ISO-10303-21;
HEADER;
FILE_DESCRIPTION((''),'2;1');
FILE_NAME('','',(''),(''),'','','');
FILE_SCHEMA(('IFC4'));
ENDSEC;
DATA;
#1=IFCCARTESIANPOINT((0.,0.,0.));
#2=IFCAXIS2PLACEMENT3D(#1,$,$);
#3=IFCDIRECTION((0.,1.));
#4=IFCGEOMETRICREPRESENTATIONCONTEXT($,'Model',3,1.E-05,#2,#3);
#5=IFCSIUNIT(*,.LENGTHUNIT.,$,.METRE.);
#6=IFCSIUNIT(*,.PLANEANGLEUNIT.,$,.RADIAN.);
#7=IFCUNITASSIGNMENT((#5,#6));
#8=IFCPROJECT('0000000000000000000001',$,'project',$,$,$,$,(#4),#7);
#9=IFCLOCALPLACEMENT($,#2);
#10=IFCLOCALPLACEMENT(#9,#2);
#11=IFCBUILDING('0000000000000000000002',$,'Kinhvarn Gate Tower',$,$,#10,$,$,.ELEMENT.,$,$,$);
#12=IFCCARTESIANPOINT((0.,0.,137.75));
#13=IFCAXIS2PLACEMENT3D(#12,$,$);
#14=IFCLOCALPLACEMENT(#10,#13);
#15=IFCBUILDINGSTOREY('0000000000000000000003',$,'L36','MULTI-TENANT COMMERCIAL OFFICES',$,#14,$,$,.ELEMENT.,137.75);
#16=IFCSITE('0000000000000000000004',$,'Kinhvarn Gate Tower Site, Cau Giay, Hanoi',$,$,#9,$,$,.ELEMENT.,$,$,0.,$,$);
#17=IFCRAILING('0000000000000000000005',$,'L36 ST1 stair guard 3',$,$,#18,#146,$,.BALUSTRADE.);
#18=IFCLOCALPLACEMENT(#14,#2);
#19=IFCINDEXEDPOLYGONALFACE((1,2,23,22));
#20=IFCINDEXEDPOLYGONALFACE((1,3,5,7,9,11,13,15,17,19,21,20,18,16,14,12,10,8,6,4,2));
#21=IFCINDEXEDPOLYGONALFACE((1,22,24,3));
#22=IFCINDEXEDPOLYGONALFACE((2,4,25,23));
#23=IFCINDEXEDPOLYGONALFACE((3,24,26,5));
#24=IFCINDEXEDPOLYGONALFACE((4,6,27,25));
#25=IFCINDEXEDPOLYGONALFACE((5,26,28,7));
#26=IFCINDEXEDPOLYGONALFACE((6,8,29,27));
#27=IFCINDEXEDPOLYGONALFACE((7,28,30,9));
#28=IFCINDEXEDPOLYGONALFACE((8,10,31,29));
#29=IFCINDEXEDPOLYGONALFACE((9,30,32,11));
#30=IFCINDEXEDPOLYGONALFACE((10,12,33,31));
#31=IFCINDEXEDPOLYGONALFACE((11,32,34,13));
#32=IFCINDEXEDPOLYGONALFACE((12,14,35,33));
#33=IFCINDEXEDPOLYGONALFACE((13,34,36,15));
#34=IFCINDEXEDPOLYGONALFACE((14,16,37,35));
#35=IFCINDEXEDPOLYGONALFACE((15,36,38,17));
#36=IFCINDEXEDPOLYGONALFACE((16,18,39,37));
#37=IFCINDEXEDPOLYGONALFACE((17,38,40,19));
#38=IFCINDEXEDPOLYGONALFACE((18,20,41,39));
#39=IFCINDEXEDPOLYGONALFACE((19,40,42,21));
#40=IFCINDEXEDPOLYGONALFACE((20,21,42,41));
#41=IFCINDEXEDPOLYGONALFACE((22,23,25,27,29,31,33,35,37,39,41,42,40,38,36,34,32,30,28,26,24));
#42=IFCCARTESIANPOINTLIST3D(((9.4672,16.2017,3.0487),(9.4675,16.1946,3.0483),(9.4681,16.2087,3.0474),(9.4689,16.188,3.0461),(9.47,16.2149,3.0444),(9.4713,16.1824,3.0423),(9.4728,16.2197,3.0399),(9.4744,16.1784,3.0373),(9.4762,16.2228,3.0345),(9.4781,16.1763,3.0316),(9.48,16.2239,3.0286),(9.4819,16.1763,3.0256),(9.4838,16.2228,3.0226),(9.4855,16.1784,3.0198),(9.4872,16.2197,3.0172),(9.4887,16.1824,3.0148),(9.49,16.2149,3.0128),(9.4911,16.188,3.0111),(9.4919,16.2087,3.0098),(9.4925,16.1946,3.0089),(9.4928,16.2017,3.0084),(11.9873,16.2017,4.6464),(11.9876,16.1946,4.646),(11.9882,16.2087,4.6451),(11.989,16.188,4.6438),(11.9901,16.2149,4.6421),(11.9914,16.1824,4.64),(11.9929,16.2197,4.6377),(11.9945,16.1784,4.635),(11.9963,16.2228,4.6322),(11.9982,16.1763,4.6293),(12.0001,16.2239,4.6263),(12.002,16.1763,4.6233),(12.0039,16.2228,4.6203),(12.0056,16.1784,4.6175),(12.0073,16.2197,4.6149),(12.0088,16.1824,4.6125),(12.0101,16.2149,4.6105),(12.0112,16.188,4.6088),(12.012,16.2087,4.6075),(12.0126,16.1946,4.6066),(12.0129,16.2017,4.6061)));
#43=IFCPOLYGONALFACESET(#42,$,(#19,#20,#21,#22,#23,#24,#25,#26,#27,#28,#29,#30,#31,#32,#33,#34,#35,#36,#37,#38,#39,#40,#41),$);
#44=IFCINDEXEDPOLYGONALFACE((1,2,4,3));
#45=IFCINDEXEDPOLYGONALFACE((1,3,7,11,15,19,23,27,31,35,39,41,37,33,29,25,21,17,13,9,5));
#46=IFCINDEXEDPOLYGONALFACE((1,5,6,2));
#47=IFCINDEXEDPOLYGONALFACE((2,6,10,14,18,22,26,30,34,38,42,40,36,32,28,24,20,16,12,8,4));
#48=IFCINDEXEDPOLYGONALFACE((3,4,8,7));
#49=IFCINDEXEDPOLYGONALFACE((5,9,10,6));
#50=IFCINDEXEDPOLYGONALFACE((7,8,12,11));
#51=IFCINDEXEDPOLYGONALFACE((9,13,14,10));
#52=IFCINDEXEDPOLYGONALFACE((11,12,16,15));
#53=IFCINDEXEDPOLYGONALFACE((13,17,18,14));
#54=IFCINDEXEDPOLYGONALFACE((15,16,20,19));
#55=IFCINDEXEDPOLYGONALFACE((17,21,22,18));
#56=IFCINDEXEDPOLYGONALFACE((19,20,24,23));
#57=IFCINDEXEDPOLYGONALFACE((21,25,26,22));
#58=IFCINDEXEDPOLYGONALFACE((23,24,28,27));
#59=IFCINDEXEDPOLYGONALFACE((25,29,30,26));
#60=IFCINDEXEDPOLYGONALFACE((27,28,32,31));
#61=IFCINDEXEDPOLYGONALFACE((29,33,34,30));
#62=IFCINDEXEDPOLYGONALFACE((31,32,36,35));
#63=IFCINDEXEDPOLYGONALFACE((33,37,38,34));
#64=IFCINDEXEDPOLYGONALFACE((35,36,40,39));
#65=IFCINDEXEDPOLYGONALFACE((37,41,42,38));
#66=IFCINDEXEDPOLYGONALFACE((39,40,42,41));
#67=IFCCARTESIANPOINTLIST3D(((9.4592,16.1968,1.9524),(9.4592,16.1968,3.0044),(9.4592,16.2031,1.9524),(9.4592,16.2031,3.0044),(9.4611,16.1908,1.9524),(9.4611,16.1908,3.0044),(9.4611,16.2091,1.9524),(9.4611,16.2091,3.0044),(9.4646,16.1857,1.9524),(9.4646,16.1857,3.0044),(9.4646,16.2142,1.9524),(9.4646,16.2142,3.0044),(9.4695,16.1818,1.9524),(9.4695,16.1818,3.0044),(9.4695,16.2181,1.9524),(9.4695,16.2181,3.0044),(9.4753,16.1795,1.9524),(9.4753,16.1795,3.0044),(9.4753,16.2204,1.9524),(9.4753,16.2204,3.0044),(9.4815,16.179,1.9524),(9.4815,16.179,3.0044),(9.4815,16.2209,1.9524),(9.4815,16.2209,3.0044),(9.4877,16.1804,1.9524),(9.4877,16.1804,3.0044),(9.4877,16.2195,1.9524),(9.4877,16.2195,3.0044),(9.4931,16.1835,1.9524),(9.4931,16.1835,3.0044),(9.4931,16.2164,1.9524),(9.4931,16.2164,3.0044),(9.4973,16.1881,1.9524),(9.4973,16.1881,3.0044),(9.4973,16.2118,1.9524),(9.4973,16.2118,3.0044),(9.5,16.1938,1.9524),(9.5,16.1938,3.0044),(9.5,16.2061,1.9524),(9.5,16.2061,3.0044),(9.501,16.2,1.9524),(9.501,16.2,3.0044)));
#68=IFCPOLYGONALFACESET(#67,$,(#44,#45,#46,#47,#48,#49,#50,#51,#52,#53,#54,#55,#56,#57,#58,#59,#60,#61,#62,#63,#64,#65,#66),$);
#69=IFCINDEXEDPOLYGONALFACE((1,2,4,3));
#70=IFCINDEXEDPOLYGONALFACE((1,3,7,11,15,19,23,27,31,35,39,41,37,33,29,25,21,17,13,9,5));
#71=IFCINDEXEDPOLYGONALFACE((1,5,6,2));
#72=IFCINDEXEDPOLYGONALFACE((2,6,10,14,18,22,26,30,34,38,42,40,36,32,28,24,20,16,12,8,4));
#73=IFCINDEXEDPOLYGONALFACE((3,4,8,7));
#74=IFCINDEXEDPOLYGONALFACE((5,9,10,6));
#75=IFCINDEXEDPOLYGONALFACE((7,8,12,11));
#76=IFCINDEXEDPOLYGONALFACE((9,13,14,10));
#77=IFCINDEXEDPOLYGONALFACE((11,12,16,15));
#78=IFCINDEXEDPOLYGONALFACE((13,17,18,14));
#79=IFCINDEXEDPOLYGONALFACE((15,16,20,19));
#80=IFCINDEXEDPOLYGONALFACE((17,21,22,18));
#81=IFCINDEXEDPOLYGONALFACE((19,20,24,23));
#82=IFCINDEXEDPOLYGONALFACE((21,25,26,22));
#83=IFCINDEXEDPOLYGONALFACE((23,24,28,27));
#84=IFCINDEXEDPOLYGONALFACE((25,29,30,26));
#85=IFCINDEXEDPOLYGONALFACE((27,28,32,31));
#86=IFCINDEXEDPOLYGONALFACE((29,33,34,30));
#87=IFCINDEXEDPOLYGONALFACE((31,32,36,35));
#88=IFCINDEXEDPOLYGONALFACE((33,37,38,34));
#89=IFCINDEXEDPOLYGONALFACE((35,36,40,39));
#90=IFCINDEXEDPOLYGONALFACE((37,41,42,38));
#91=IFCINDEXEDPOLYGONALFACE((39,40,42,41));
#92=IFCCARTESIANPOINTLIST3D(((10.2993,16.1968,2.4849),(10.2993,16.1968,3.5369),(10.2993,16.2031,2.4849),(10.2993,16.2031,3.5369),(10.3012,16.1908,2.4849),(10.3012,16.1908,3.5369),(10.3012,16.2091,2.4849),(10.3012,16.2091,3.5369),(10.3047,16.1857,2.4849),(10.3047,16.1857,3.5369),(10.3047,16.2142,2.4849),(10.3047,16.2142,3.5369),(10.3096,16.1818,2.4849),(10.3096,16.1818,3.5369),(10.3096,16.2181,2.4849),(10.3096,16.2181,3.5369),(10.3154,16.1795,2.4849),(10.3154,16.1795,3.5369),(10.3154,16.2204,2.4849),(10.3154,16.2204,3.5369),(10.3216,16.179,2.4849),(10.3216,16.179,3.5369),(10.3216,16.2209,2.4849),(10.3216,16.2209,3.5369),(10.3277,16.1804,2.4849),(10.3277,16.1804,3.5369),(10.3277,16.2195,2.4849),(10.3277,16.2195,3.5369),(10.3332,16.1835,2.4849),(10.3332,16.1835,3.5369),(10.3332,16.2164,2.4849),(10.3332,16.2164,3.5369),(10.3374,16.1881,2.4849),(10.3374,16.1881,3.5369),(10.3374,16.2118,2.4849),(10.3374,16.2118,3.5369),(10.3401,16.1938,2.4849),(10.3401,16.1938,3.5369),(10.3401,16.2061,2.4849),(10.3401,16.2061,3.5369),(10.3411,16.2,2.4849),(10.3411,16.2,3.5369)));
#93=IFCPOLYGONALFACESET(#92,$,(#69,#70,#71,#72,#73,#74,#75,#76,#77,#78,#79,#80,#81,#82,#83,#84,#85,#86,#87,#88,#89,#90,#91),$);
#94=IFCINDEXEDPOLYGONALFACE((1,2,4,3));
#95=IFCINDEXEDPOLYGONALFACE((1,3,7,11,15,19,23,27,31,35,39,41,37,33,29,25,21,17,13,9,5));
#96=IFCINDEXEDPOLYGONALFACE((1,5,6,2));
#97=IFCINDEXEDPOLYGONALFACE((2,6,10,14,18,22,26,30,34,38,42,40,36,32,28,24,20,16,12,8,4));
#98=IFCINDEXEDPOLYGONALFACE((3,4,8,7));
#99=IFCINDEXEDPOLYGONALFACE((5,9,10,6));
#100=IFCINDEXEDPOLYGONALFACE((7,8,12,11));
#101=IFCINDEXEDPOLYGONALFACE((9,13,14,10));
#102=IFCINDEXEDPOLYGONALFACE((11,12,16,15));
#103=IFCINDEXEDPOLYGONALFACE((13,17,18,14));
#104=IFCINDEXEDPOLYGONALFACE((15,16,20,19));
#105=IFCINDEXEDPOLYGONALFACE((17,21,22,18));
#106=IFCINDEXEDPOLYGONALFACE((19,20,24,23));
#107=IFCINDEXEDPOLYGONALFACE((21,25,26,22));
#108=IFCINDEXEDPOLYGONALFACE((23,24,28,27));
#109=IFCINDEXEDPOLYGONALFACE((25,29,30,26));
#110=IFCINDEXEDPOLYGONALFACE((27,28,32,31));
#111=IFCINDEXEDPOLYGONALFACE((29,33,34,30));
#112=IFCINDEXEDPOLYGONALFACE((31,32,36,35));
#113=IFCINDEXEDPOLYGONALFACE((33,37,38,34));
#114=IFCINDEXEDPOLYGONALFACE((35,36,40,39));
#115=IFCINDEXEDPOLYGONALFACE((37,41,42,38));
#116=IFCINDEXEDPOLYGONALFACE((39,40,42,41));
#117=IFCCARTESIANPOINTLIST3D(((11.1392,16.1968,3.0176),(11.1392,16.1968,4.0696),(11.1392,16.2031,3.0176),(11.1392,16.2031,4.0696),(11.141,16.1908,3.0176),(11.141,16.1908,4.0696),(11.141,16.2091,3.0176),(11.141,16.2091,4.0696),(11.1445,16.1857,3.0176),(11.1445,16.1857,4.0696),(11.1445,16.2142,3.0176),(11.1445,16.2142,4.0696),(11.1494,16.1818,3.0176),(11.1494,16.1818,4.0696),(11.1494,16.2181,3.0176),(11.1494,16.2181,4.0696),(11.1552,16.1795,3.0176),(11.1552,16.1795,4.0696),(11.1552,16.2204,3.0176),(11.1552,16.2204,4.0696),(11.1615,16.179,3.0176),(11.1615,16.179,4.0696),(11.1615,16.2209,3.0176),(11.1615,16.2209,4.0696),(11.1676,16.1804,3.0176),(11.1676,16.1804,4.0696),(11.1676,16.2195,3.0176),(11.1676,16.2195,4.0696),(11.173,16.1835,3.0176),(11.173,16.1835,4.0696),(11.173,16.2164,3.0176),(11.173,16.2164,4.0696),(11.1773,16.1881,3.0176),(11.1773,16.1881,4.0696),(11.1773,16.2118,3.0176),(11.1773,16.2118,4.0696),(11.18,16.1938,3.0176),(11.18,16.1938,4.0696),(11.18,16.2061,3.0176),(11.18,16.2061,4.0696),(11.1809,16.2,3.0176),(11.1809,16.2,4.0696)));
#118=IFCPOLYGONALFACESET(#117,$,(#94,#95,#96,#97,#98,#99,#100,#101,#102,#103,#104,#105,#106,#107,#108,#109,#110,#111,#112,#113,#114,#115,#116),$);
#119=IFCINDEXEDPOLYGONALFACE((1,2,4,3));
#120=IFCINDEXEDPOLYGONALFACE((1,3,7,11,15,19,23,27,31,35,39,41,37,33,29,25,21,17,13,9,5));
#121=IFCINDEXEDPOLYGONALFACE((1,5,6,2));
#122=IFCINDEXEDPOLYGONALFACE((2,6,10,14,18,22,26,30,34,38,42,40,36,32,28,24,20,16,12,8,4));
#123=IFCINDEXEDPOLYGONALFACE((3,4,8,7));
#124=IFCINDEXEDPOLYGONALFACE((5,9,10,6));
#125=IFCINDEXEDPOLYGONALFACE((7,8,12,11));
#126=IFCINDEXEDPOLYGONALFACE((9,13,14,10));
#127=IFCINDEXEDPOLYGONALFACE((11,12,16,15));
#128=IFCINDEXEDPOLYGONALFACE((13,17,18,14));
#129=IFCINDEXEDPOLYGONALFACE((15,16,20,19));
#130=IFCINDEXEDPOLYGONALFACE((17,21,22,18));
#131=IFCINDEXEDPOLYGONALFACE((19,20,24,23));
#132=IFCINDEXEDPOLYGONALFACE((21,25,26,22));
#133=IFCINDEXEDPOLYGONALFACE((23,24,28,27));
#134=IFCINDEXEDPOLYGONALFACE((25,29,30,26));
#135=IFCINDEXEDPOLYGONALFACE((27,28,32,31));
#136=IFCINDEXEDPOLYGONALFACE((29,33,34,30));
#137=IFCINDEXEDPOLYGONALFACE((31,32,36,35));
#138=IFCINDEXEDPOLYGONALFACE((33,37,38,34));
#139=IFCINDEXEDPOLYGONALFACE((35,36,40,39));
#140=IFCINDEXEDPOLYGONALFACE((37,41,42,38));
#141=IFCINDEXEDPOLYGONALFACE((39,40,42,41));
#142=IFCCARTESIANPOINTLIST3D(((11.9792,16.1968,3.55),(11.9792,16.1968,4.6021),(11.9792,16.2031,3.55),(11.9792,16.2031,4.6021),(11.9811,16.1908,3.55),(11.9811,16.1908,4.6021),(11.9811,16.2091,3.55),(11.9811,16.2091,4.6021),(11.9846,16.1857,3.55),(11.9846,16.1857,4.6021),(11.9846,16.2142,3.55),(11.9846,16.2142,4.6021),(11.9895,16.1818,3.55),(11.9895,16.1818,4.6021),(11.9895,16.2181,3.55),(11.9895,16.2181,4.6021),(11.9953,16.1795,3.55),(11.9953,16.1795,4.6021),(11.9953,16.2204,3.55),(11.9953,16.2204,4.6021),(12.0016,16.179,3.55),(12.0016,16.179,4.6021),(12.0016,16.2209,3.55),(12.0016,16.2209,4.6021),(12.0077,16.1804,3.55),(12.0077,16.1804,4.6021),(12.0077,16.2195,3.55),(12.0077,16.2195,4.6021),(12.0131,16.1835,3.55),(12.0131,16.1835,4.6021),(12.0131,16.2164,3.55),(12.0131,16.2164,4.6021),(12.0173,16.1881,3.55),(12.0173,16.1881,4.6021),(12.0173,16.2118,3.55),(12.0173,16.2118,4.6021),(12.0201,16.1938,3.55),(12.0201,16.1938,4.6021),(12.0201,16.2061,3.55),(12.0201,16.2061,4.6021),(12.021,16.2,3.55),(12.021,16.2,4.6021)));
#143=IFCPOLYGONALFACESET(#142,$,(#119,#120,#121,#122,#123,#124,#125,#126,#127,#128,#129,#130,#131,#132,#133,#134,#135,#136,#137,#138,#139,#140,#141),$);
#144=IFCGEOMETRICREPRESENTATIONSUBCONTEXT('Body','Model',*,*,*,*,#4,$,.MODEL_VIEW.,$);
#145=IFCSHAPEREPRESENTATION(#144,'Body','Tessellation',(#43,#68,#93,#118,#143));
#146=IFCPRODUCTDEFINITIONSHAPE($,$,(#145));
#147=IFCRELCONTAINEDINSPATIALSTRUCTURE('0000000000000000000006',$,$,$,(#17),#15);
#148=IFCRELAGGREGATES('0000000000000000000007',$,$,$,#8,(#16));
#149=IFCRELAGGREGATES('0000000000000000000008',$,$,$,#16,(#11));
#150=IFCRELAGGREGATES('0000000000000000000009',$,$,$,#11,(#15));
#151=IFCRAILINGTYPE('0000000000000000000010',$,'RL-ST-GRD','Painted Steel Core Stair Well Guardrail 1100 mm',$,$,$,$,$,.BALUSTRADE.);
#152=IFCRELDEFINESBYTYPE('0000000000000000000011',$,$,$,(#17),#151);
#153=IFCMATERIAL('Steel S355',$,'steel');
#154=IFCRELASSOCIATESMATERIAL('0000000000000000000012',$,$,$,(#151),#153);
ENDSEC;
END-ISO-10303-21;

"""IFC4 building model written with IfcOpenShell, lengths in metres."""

from ifc_helpers import new_model, si_unit, direction, frame, origin, origin_2d, place, context, subcontext, project, spatial, circle, extrude, material, type_object, element, save


model = new_model("IFC4")

# Units and contexts
model_context = context("Model", 3, precision=1e-05, world=origin(), true_north=direction((0.0, 1.0)))
body_context = subcontext(model_context, "Body", "Model", "MODEL_VIEW")
ifc_project = project(units=[si_unit("LENGTHUNIT", "METRE"), si_unit("PLANEANGLEUNIT", "RADIAN")], contexts=[model_context])

# Site, building, storey
site_placement = place(None, origin())
site = spatial("IfcSite", under=ifc_project, at=site_placement, Name="Kinhvarn Gate Tower Site, Cau Giay, Hanoi", CompositionType="ELEMENT", RefElevation=0.0)
building_placement = place(site_placement, origin())
building = spatial("IfcBuilding", under=site, at=building_placement, Name="Kinhvarn Gate Tower", CompositionType="ELEMENT")
storey_placement = place(building_placement, frame((0.0, 0.0, 137.75)))
storey = spatial("IfcBuildingStorey", under=building, at=storey_placement, Name="L36", Description="MULTI-TENANT COMMERCIAL OFFICES", CompositionType="ELEMENT", Elevation=137.75)

# Shared definitions
ifc_material_1 = material(Name="Steel S355", Category="steel")

# Railing
railing_type_1 = type_object("IfcRailingType", Name="RL-ST-GRD", Description="Painted Steel Core Stair Well Guardrail 1100 mm", PredefinedType="BALUSTRADE", material=ifc_material_1)
railing_1_placement = place(storey_placement, frame((9.48, 16.2, 1.9524)))
element("IfcRailing", 1, at=railing_1_placement, inside=storey, type_object=railing_type_1, Name="L36 ST1 stair guard 3", PredefinedType="BALUSTRADE", context=body_context, shape_type="SweptSolid", body=[
    extrude(circle(Radius=0.0239, at=origin_2d()), frame((0.0, 0.0, 1.0762), z_axis=(0.84457, 0.0, 0.535445), x_axis=(0.0, 1.0, 0.0)), (0.0, 0.0, 1.0), 2.9839),
    extrude(circle(Radius=0.021, at=origin_2d()), origin(), (0.0, 0.0, 1.0), 1.052),
    extrude(circle(Radius=0.021, at=origin_2d()), frame((0.8401, 0.0, 0.5325)), (0.0, 0.0, 1.0), 1.052),
    extrude(circle(Radius=0.021, at=origin_2d()), frame((1.6799, 0.0, 1.0652)), (0.0, 0.0, 1.0), 1.052),
    extrude(circle(Radius=0.021, at=origin_2d()), frame((2.52, 0.0, 1.5977)), (0.0, 0.0, 1.0), 1.052),
])

save(model, "model.ifc")
